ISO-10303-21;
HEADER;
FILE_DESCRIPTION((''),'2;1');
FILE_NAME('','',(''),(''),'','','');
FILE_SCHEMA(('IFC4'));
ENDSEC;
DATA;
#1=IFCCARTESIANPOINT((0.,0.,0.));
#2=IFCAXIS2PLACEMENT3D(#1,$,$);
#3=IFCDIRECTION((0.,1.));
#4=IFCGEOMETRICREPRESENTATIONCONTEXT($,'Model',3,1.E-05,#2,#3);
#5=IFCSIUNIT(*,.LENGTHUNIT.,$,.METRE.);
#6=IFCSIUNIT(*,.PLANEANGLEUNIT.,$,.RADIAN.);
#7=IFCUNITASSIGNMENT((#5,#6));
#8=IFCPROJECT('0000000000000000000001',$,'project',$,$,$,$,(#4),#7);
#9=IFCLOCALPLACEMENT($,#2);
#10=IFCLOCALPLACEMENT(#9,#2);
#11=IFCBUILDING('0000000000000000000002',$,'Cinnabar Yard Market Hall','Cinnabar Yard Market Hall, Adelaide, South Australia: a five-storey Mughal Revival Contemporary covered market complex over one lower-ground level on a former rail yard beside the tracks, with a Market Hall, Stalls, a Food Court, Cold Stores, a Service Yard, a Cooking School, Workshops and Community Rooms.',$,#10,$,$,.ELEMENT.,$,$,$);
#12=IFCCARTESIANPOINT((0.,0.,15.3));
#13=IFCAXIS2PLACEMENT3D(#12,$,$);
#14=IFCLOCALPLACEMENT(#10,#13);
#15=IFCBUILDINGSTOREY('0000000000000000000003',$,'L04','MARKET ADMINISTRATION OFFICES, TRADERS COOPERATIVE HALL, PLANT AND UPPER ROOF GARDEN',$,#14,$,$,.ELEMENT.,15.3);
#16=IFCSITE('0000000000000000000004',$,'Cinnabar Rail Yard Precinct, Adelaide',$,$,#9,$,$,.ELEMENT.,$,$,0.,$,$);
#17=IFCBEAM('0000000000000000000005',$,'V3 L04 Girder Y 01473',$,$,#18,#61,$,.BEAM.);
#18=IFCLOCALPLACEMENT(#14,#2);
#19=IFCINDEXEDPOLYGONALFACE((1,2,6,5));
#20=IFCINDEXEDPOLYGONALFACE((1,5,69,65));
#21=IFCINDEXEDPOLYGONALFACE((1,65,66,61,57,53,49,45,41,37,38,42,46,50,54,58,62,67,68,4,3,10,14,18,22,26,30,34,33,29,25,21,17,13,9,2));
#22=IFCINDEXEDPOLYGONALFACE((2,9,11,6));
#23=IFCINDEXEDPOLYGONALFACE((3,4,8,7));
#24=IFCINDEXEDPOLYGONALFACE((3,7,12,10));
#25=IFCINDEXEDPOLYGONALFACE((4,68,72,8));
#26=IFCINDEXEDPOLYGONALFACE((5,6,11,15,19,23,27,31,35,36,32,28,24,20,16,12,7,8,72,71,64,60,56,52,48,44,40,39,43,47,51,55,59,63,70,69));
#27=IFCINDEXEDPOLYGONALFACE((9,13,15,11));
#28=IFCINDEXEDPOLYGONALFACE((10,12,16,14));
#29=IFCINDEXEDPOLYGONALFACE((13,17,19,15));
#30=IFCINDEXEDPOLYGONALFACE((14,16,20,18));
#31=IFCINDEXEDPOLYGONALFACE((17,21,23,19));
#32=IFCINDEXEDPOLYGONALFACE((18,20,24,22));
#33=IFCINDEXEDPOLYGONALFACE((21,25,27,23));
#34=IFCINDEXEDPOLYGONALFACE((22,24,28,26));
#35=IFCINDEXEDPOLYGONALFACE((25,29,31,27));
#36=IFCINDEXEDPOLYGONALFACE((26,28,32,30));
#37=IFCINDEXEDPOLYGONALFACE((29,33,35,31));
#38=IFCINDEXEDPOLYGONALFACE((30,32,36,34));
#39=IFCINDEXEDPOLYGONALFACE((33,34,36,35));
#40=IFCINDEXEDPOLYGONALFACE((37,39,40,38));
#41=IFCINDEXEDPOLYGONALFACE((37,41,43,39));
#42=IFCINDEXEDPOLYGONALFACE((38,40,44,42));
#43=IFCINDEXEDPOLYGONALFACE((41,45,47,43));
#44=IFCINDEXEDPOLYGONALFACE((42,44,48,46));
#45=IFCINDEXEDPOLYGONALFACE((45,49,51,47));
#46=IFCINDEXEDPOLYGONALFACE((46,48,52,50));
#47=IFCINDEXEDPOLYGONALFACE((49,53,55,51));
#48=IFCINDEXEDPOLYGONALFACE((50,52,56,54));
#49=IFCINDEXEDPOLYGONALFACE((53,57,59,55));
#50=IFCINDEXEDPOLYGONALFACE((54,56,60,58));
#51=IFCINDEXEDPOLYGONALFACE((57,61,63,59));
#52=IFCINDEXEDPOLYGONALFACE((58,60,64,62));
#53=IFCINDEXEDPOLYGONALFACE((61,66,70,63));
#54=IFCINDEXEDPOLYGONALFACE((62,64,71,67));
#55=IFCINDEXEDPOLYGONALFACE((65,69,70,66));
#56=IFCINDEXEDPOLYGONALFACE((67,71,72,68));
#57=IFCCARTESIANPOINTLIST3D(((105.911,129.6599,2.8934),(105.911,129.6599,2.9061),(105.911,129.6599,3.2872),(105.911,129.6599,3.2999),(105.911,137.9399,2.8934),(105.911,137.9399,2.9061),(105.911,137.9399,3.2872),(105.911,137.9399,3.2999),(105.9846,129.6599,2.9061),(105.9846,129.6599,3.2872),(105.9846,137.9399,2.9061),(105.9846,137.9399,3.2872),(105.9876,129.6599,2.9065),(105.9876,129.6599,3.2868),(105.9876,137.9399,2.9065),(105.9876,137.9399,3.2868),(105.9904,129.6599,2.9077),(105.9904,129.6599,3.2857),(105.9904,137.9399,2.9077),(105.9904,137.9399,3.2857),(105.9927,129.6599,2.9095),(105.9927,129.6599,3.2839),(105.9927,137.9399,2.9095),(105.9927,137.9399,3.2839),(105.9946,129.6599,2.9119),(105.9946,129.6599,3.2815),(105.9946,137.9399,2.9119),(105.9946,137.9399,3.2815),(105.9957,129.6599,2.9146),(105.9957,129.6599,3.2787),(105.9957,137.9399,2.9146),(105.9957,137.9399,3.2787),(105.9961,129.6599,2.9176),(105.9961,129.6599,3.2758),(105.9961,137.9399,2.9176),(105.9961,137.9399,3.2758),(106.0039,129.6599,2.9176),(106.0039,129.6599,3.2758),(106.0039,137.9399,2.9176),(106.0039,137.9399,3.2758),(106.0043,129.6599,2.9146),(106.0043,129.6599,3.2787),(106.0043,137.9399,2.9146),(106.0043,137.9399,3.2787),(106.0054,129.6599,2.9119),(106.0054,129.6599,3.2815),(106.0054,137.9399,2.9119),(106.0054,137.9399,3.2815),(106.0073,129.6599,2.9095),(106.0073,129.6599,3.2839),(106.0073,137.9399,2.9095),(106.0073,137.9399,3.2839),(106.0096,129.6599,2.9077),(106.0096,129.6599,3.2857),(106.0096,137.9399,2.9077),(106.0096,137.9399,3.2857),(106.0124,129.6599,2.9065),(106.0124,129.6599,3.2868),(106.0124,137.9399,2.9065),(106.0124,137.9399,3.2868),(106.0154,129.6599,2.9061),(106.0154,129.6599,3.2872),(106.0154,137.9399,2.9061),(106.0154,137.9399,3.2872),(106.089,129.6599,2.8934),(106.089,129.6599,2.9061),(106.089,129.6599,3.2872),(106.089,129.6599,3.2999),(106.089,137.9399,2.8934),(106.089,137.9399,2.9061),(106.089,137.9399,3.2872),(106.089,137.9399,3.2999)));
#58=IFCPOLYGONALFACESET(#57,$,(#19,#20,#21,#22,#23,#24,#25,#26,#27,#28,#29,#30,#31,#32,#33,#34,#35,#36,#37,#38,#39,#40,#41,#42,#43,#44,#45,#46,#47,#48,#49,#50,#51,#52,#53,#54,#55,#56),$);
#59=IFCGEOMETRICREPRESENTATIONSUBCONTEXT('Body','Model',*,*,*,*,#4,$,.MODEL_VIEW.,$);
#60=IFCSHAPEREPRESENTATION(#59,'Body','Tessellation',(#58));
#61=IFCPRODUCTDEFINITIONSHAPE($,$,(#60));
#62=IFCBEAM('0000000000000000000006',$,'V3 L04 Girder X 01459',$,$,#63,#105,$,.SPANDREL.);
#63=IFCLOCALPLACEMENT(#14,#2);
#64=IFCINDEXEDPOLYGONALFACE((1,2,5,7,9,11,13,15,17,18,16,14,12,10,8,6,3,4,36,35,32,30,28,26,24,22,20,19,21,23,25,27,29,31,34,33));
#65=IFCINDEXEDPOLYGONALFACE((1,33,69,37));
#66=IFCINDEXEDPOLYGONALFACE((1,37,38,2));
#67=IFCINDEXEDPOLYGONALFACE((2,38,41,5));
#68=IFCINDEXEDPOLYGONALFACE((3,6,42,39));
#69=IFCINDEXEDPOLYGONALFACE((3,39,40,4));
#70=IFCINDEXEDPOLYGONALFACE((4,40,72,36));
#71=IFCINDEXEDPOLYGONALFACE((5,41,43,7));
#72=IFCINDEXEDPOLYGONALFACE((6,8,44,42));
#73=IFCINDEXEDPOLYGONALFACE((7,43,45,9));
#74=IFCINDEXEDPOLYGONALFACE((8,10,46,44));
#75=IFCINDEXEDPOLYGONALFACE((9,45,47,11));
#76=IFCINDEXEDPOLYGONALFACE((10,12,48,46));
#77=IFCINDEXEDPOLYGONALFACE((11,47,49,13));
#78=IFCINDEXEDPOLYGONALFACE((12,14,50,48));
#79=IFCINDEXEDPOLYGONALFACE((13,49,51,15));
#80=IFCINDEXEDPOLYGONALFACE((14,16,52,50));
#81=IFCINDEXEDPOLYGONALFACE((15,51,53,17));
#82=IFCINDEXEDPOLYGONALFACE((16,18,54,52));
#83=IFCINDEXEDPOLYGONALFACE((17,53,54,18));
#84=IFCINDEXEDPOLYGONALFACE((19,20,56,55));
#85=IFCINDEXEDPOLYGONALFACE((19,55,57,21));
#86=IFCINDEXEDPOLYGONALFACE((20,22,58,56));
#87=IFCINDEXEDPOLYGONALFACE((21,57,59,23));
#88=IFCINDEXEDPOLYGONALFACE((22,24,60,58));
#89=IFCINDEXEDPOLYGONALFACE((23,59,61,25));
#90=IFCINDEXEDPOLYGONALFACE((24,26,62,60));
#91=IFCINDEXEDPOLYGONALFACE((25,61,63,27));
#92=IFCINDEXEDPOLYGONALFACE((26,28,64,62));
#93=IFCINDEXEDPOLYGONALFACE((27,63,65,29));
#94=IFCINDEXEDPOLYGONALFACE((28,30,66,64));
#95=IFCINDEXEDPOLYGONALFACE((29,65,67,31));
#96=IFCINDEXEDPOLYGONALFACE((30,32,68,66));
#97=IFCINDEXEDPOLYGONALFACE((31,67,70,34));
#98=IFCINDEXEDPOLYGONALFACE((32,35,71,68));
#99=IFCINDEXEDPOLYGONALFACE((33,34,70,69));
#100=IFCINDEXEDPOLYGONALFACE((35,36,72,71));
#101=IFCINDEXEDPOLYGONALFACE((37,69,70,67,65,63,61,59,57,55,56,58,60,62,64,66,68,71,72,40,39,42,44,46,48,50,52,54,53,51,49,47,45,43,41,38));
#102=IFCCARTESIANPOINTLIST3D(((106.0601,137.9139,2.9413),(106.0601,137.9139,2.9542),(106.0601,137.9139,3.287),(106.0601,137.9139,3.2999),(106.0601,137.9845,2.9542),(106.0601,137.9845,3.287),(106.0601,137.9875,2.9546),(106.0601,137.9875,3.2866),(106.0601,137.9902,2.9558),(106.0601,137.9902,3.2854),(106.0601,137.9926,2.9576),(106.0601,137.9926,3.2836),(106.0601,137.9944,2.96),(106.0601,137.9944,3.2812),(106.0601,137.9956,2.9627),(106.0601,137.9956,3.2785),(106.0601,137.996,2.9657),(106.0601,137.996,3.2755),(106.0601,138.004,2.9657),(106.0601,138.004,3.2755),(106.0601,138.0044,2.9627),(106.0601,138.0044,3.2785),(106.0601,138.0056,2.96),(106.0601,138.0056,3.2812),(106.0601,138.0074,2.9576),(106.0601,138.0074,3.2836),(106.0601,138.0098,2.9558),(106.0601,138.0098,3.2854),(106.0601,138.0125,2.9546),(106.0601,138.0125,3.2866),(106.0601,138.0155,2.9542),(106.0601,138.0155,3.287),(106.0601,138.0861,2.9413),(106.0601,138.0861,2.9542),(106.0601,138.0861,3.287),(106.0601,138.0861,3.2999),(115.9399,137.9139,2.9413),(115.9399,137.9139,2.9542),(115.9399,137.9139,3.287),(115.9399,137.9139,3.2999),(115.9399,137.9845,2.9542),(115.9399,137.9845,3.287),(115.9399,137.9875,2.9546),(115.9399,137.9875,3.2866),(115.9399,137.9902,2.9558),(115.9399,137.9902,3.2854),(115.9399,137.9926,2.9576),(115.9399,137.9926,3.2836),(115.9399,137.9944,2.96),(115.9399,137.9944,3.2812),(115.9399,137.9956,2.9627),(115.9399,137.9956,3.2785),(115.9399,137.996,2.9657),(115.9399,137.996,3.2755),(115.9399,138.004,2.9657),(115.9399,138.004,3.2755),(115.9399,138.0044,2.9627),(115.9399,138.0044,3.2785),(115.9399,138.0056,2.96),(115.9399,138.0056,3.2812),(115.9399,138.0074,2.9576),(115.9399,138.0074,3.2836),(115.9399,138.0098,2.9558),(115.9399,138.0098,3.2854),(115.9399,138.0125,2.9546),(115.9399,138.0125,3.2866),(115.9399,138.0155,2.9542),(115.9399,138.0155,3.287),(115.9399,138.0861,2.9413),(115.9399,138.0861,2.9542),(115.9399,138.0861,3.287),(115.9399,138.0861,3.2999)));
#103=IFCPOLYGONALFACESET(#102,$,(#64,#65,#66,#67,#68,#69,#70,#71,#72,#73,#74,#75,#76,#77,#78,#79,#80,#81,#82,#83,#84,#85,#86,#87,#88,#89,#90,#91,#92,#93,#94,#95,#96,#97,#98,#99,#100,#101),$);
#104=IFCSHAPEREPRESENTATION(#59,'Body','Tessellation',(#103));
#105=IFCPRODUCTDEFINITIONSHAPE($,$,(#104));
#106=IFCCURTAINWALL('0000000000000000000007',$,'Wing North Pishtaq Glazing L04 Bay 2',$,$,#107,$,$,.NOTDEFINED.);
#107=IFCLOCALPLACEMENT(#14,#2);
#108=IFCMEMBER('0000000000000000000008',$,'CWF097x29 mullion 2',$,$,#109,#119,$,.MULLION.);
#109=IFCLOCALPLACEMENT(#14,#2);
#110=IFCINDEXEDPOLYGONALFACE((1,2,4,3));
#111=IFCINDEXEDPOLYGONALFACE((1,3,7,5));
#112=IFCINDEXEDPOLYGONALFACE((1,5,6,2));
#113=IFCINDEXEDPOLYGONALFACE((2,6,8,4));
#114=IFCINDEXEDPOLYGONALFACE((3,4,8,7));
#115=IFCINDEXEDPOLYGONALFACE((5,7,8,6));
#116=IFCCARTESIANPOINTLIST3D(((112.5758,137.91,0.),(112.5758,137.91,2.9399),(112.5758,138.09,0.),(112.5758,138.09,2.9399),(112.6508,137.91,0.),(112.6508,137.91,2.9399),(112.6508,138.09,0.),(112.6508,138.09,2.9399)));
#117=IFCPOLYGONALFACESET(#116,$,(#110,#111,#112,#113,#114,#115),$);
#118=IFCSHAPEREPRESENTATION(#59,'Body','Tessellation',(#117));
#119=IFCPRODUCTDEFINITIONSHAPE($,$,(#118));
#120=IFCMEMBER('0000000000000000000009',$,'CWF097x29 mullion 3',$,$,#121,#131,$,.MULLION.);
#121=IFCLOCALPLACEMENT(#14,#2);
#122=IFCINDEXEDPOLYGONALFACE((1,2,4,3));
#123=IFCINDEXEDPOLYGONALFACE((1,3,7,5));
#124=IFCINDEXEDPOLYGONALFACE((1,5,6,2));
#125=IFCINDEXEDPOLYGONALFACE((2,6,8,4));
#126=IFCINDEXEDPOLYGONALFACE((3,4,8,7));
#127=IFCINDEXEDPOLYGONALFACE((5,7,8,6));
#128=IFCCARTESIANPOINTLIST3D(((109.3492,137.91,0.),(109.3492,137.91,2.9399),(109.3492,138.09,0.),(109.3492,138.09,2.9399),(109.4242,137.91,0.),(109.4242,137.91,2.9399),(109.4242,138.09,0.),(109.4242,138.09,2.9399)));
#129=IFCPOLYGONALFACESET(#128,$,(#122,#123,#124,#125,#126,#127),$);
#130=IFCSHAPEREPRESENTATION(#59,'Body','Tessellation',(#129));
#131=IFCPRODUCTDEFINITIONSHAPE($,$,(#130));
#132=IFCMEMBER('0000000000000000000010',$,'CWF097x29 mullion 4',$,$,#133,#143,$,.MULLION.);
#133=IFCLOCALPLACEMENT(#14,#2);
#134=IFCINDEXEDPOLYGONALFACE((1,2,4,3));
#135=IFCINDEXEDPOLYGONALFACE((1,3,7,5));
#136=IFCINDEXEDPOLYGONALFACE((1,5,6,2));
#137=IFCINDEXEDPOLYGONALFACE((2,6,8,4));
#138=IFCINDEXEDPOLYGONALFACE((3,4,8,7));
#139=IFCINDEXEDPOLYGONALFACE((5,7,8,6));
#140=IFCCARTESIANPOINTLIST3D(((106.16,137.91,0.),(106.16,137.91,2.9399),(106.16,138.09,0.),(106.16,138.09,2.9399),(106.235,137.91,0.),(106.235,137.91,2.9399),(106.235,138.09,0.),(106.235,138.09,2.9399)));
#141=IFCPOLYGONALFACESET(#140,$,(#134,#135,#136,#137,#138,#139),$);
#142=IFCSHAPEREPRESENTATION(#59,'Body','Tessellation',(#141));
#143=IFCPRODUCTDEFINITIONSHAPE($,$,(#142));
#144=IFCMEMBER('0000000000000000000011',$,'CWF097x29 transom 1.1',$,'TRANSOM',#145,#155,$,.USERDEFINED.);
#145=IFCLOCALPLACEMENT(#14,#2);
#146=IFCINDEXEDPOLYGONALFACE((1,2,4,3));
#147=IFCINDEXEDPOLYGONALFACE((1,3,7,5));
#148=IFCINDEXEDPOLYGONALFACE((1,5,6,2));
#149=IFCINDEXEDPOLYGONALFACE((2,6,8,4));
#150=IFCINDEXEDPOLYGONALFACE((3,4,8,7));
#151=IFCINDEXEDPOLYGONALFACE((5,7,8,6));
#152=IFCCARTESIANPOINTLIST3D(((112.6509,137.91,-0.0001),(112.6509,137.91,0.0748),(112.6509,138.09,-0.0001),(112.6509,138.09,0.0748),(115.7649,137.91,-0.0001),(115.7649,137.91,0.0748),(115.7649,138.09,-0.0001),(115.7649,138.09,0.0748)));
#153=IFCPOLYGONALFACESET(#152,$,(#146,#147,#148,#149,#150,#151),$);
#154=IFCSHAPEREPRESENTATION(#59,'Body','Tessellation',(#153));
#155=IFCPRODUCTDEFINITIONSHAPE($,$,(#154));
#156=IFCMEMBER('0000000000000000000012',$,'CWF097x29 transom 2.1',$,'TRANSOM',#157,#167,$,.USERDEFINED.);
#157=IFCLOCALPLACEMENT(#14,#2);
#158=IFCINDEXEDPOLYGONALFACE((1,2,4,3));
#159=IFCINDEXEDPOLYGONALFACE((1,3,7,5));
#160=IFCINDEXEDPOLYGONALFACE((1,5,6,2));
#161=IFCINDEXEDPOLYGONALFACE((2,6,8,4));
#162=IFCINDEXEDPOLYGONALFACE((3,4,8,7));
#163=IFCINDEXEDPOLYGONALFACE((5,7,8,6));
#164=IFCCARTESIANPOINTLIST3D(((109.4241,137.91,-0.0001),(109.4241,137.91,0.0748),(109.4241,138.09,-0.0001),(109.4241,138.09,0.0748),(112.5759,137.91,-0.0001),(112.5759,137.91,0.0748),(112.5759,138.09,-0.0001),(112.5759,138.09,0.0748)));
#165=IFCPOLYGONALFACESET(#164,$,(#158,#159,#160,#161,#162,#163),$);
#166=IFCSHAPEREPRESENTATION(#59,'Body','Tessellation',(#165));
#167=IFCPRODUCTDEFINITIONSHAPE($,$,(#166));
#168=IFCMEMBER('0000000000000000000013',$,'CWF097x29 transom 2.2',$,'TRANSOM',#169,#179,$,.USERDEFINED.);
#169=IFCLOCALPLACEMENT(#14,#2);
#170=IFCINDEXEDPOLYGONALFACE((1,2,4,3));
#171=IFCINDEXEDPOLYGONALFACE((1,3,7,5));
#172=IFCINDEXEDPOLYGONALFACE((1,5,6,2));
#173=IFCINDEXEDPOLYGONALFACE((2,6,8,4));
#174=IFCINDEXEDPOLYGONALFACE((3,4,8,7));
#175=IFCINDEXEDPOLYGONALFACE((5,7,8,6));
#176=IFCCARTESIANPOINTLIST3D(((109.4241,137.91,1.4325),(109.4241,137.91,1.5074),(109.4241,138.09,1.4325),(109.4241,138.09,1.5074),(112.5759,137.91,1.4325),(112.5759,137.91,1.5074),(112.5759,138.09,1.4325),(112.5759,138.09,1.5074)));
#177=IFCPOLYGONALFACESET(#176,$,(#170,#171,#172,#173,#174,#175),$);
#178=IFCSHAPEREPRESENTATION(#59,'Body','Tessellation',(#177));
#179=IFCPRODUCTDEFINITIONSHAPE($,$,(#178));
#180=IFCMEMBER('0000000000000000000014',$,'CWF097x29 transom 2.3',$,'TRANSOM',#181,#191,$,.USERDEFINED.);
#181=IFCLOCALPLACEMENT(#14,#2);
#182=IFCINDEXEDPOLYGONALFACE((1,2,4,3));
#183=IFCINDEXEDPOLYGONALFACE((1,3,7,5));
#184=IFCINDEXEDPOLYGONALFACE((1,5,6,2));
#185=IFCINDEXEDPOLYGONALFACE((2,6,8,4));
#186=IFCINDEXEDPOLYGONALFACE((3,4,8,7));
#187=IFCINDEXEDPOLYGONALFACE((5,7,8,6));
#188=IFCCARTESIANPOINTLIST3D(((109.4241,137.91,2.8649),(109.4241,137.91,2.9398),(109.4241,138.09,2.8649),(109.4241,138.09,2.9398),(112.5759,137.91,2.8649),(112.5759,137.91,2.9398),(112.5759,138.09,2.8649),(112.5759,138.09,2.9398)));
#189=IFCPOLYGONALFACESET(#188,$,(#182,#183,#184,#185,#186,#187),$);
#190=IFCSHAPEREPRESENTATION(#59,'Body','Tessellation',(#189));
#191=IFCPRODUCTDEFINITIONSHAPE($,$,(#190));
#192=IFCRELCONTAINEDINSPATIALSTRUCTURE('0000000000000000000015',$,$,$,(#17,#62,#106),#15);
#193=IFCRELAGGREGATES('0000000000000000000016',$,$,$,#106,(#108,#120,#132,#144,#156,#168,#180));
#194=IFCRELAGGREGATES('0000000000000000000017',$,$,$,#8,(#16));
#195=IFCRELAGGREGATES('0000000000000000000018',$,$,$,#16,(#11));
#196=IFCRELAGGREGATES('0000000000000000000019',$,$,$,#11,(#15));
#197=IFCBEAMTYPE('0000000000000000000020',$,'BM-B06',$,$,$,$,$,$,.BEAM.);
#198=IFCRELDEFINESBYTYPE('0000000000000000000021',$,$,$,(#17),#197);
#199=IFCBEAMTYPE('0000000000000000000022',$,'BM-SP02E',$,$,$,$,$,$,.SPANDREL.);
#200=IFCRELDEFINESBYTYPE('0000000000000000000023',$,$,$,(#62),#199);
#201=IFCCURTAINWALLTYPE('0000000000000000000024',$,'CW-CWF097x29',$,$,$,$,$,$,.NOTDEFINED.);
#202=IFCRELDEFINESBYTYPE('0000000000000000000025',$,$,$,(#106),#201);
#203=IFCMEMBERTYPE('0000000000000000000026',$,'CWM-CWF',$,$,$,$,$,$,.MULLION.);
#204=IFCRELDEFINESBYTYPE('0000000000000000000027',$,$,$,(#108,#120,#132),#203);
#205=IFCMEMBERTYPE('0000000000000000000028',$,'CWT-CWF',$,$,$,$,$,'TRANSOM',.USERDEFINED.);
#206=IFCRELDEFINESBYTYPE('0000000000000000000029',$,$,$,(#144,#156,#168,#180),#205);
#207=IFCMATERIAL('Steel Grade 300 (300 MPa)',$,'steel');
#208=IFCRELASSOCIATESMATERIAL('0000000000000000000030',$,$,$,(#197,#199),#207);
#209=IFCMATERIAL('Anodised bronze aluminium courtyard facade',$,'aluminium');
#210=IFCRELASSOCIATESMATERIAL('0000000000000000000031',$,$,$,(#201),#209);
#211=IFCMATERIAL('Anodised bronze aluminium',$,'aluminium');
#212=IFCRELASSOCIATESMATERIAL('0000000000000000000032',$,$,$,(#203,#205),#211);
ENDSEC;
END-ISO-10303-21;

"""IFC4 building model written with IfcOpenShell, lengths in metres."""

from ifc_helpers import new_model, si_unit, direction, frame, origin, origin_2d_with_axis, place, context, subcontext, project, spatial, rectangle, i_section, extrude, material, material_profile, profile_set, type_object, element, aggregate, save


model = new_model("IFC4")

# Units and contexts
model_context = context("Model", 3, precision=1e-05, world=origin(), true_north=direction((0.0, 1.0)))
body_context = subcontext(model_context, "Body", "Model", "MODEL_VIEW")
ifc_project = project(units=[si_unit("LENGTHUNIT", "METRE"), si_unit("PLANEANGLEUNIT", "RADIAN")], contexts=[model_context])

# Site, building, storey
site_placement = place(None, origin())
site = spatial("IfcSite", under=ifc_project, at=site_placement, Name="Cinnabar Rail Yard Precinct, Adelaide", CompositionType="ELEMENT", RefElevation=0.0)
building_placement = place(site_placement, origin())
building = spatial("IfcBuilding", under=site, at=building_placement, Name="Cinnabar Yard Market Hall", Description="Cinnabar Yard Market Hall, Adelaide, South Australia: a five-storey Mughal Revival Contemporary covered market complex over one lower-ground level on a former rail yard beside the tracks, with a Market Hall, Stalls, a Food Court, Cold Stores, a Service Yard, a Cooking School, Workshops and Community Rooms.", CompositionType="ELEMENT")
storey_placement = place(building_placement, frame((0.0, 0.0, 15.3)))
storey = spatial("IfcBuildingStorey", under=building, at=storey_placement, Name="L04", Description="MARKET ADMINISTRATION OFFICES, TRADERS COOPERATIVE HALL, PLANT AND UPPER ROOF GARDEN", CompositionType="ELEMENT", Elevation=15.3)

# Shared definitions
ifc_material_1 = material(Name="Steel Grade 300 (300 MPa)", Category="steel")

# Beams
ifc_material_profile_1 = material_profile(ifc_material_1, i_section(OverallWidth=0.178, OverallDepth=0.4065, WebThickness=0.0078, FlangeThickness=0.0127, FilletRadius=0.0115, at=origin_2d_with_axis()), Name="410UB59.7")
ifc_profile_set_1 = profile_set([ifc_material_profile_1], Name="Steel Grade 300 (300 MPa)")
beam_type_1 = type_object("IfcBeamType", Name="BM-B06", PredefinedType="BEAM", material=ifc_profile_set_1)
beam_1_placement = place(storey_placement, frame((106.0, 129.6599, 3.0967), z_axis=(0.0, 1.0, 0.0), x_axis=(-1.0, 0.0, 0.0)))
element("IfcBeam", 1, at=beam_1_placement, inside=storey, type_object=beam_type_1, Name="V3 L04 Girder Y 01473", PredefinedType="BEAM", context=body_context, shape_type="SweptSolid", body=[
    extrude(i_section(OverallWidth=0.178, OverallDepth=0.4065, WebThickness=0.0078, FlangeThickness=0.0127, FilletRadius=0.0115, at=origin_2d_with_axis()), origin(), (0.0, 0.0, 1.0), 8.28),
])
ifc_material_profile_2 = material_profile(ifc_material_1, i_section(OverallWidth=0.1721, OverallDepth=0.3586, WebThickness=0.0081, FlangeThickness=0.0129, FilletRadius=0.0115, at=origin_2d_with_axis()), Name="360UB56.7")
ifc_profile_set_2 = profile_set([ifc_material_profile_2], Name="Steel Grade 300 (300 MPa)")
beam_type_2 = type_object("IfcBeamType", Name="BM-SP02E", PredefinedType="SPANDREL", material=ifc_profile_set_2)
beam_2_placement = place(storey_placement, frame((106.0601, 138.0, 3.1206), z_axis=(1.0, 0.0, 0.0), x_axis=(0.0, 1.0, 0.0)))
element("IfcBeam", 2, at=beam_2_placement, inside=storey, type_object=beam_type_2, Name="V3 L04 Girder X 01459", PredefinedType="SPANDREL", context=body_context, shape_type="SweptSolid", body=[
    extrude(i_section(OverallWidth=0.1721, OverallDepth=0.3586, WebThickness=0.0081, FlangeThickness=0.0129, FilletRadius=0.0115, at=origin_2d_with_axis()), origin(), (0.0, 0.0, 1.0), 9.8799),
])

# Curtain wall, members
ifc_material_2 = material(Name="Anodised bronze aluminium courtyard facade", Category="aluminium")
curtain_wall_type = type_object("IfcCurtainWallType", Name="CW-CWF097x29", PredefinedType="NOTDEFINED", material=ifc_material_2)
curtain_wall_placement = place(storey_placement, origin())
curtain_wall = element("IfcCurtainWall", 3, at=curtain_wall_placement, inside=storey, type_object=curtain_wall_type, Name="Wing North Pishtaq Glazing L04 Bay 2", PredefinedType="NOTDEFINED")
ifc_material_3 = material(Name="Anodised bronze aluminium", Category="aluminium")
ifc_material_profile_3 = material_profile(ifc_material_3, rectangle(XDim=0.1799, YDim=0.075, at=origin_2d_with_axis()), Name="MUL-CWF")
ifc_profile_set_3 = profile_set([ifc_material_profile_3], Name="Anodised bronze aluminium")
member_type_1 = type_object("IfcMemberType", Name="CWM-CWF", PredefinedType="MULLION", material=ifc_profile_set_3)
member_1_placement = place(storey_placement, frame((112.6133, 138.0, 0.0), z_axis=(0.0, 0.0, 1.0), x_axis=(0.0, -1.0, 0.0)))
member_1 = element("IfcMember", 4, at=member_1_placement, type_object=member_type_1, Name="CWF097x29 mullion 2", PredefinedType="MULLION", context=body_context, shape_type="SweptSolid", body=[
    extrude(rectangle(XDim=0.1799, YDim=0.075, at=origin_2d_with_axis()), origin(), (0.0, 0.0, 1.0), 2.9399),
])
member_2_placement = place(storey_placement, frame((109.3867, 138.0, 0.0), z_axis=(0.0, 0.0, 1.0), x_axis=(0.0, -1.0, 0.0)))
member_2 = element("IfcMember", 5, at=member_2_placement, type_object=member_type_1, Name="CWF097x29 mullion 3", PredefinedType="MULLION", context=body_context, shape_type="SweptSolid", body=[
    extrude(rectangle(XDim=0.1799, YDim=0.075, at=origin_2d_with_axis()), origin(), (0.0, 0.0, 1.0), 2.9399),
])
member_3_placement = place(storey_placement, frame((106.1975, 138.0, 0.0), z_axis=(0.0, 0.0, 1.0), x_axis=(0.0, -1.0, 0.0)))
member_3 = element("IfcMember", 6, at=member_3_placement, type_object=member_type_1, Name="CWF097x29 mullion 4", PredefinedType="MULLION", context=body_context, shape_type="SweptSolid", body=[
    extrude(rectangle(XDim=0.1799, YDim=0.075, at=origin_2d_with_axis()), origin(), (0.0, 0.0, 1.0), 2.9399),
])
ifc_material_profile_4 = material_profile(ifc_material_3, rectangle(XDim=0.1799, YDim=0.075, at=origin_2d_with_axis()), Name="TRN-CWF")
ifc_profile_set_4 = profile_set([ifc_material_profile_4], Name="Anodised bronze aluminium")
member_type_2 = type_object("IfcMemberType", Name="CWT-CWF", ElementType="TRANSOM", PredefinedType="USERDEFINED", material=ifc_profile_set_4)
member_4_placement = place(storey_placement, frame((115.7649, 138.0, 0.0374), z_axis=(-1.0, 0.0, 0.0), x_axis=(0.0, -1.0, 0.0)))
member_4 = element("IfcMember", 7, at=member_4_placement, type_object=member_type_2, Name="CWF097x29 transom 1.1", ObjectType="TRANSOM", PredefinedType="USERDEFINED", context=body_context, shape_type="SweptSolid", body=[
    extrude(rectangle(XDim=0.1799, YDim=0.075, at=origin_2d_with_axis()), origin(), (0.0, 0.0, 1.0), 3.114),
])
member_5_placement = place(storey_placement, frame((112.5759, 138.0, 0.0374), z_axis=(-1.0, 0.0, 0.0), x_axis=(0.0, -1.0, 0.0)))
member_5 = element("IfcMember", 8, at=member_5_placement, type_object=member_type_2, Name="CWF097x29 transom 2.1", ObjectType="TRANSOM", PredefinedType="USERDEFINED", context=body_context, shape_type="SweptSolid", body=[
    extrude(rectangle(XDim=0.1799, YDim=0.075, at=origin_2d_with_axis()), origin(), (0.0, 0.0, 1.0), 3.1519),
])
member_6_placement = place(storey_placement, frame((112.5759, 138.0, 1.47), z_axis=(-1.0, 0.0, 0.0), x_axis=(0.0, -1.0, 0.0)))
member_6 = element("IfcMember", 9, at=member_6_placement, type_object=member_type_2, Name="CWF097x29 transom 2.2", ObjectType="TRANSOM", PredefinedType="USERDEFINED", context=body_context, shape_type="SweptSolid", body=[
    extrude(rectangle(XDim=0.1799, YDim=0.075, at=origin_2d_with_axis()), origin(), (0.0, 0.0, 1.0), 3.1519),
])
member_7_placement = place(storey_placement, frame((112.5759, 138.0, 2.9023), z_axis=(-1.0, 0.0, 0.0), x_axis=(0.0, -1.0, 0.0)))
member_7 = element("IfcMember", 10, at=member_7_placement, type_object=member_type_2, Name="CWF097x29 transom 2.3", ObjectType="TRANSOM", PredefinedType="USERDEFINED", context=body_context, shape_type="SweptSolid", body=[
    extrude(rectangle(XDim=0.1799, YDim=0.075, at=origin_2d_with_axis()), origin(), (0.0, 0.0, 1.0), 3.1519),
])
aggregate(curtain_wall, [member_1, member_2, member_3, member_4, member_5, member_6, member_7])

save(model, "model.ifc")
